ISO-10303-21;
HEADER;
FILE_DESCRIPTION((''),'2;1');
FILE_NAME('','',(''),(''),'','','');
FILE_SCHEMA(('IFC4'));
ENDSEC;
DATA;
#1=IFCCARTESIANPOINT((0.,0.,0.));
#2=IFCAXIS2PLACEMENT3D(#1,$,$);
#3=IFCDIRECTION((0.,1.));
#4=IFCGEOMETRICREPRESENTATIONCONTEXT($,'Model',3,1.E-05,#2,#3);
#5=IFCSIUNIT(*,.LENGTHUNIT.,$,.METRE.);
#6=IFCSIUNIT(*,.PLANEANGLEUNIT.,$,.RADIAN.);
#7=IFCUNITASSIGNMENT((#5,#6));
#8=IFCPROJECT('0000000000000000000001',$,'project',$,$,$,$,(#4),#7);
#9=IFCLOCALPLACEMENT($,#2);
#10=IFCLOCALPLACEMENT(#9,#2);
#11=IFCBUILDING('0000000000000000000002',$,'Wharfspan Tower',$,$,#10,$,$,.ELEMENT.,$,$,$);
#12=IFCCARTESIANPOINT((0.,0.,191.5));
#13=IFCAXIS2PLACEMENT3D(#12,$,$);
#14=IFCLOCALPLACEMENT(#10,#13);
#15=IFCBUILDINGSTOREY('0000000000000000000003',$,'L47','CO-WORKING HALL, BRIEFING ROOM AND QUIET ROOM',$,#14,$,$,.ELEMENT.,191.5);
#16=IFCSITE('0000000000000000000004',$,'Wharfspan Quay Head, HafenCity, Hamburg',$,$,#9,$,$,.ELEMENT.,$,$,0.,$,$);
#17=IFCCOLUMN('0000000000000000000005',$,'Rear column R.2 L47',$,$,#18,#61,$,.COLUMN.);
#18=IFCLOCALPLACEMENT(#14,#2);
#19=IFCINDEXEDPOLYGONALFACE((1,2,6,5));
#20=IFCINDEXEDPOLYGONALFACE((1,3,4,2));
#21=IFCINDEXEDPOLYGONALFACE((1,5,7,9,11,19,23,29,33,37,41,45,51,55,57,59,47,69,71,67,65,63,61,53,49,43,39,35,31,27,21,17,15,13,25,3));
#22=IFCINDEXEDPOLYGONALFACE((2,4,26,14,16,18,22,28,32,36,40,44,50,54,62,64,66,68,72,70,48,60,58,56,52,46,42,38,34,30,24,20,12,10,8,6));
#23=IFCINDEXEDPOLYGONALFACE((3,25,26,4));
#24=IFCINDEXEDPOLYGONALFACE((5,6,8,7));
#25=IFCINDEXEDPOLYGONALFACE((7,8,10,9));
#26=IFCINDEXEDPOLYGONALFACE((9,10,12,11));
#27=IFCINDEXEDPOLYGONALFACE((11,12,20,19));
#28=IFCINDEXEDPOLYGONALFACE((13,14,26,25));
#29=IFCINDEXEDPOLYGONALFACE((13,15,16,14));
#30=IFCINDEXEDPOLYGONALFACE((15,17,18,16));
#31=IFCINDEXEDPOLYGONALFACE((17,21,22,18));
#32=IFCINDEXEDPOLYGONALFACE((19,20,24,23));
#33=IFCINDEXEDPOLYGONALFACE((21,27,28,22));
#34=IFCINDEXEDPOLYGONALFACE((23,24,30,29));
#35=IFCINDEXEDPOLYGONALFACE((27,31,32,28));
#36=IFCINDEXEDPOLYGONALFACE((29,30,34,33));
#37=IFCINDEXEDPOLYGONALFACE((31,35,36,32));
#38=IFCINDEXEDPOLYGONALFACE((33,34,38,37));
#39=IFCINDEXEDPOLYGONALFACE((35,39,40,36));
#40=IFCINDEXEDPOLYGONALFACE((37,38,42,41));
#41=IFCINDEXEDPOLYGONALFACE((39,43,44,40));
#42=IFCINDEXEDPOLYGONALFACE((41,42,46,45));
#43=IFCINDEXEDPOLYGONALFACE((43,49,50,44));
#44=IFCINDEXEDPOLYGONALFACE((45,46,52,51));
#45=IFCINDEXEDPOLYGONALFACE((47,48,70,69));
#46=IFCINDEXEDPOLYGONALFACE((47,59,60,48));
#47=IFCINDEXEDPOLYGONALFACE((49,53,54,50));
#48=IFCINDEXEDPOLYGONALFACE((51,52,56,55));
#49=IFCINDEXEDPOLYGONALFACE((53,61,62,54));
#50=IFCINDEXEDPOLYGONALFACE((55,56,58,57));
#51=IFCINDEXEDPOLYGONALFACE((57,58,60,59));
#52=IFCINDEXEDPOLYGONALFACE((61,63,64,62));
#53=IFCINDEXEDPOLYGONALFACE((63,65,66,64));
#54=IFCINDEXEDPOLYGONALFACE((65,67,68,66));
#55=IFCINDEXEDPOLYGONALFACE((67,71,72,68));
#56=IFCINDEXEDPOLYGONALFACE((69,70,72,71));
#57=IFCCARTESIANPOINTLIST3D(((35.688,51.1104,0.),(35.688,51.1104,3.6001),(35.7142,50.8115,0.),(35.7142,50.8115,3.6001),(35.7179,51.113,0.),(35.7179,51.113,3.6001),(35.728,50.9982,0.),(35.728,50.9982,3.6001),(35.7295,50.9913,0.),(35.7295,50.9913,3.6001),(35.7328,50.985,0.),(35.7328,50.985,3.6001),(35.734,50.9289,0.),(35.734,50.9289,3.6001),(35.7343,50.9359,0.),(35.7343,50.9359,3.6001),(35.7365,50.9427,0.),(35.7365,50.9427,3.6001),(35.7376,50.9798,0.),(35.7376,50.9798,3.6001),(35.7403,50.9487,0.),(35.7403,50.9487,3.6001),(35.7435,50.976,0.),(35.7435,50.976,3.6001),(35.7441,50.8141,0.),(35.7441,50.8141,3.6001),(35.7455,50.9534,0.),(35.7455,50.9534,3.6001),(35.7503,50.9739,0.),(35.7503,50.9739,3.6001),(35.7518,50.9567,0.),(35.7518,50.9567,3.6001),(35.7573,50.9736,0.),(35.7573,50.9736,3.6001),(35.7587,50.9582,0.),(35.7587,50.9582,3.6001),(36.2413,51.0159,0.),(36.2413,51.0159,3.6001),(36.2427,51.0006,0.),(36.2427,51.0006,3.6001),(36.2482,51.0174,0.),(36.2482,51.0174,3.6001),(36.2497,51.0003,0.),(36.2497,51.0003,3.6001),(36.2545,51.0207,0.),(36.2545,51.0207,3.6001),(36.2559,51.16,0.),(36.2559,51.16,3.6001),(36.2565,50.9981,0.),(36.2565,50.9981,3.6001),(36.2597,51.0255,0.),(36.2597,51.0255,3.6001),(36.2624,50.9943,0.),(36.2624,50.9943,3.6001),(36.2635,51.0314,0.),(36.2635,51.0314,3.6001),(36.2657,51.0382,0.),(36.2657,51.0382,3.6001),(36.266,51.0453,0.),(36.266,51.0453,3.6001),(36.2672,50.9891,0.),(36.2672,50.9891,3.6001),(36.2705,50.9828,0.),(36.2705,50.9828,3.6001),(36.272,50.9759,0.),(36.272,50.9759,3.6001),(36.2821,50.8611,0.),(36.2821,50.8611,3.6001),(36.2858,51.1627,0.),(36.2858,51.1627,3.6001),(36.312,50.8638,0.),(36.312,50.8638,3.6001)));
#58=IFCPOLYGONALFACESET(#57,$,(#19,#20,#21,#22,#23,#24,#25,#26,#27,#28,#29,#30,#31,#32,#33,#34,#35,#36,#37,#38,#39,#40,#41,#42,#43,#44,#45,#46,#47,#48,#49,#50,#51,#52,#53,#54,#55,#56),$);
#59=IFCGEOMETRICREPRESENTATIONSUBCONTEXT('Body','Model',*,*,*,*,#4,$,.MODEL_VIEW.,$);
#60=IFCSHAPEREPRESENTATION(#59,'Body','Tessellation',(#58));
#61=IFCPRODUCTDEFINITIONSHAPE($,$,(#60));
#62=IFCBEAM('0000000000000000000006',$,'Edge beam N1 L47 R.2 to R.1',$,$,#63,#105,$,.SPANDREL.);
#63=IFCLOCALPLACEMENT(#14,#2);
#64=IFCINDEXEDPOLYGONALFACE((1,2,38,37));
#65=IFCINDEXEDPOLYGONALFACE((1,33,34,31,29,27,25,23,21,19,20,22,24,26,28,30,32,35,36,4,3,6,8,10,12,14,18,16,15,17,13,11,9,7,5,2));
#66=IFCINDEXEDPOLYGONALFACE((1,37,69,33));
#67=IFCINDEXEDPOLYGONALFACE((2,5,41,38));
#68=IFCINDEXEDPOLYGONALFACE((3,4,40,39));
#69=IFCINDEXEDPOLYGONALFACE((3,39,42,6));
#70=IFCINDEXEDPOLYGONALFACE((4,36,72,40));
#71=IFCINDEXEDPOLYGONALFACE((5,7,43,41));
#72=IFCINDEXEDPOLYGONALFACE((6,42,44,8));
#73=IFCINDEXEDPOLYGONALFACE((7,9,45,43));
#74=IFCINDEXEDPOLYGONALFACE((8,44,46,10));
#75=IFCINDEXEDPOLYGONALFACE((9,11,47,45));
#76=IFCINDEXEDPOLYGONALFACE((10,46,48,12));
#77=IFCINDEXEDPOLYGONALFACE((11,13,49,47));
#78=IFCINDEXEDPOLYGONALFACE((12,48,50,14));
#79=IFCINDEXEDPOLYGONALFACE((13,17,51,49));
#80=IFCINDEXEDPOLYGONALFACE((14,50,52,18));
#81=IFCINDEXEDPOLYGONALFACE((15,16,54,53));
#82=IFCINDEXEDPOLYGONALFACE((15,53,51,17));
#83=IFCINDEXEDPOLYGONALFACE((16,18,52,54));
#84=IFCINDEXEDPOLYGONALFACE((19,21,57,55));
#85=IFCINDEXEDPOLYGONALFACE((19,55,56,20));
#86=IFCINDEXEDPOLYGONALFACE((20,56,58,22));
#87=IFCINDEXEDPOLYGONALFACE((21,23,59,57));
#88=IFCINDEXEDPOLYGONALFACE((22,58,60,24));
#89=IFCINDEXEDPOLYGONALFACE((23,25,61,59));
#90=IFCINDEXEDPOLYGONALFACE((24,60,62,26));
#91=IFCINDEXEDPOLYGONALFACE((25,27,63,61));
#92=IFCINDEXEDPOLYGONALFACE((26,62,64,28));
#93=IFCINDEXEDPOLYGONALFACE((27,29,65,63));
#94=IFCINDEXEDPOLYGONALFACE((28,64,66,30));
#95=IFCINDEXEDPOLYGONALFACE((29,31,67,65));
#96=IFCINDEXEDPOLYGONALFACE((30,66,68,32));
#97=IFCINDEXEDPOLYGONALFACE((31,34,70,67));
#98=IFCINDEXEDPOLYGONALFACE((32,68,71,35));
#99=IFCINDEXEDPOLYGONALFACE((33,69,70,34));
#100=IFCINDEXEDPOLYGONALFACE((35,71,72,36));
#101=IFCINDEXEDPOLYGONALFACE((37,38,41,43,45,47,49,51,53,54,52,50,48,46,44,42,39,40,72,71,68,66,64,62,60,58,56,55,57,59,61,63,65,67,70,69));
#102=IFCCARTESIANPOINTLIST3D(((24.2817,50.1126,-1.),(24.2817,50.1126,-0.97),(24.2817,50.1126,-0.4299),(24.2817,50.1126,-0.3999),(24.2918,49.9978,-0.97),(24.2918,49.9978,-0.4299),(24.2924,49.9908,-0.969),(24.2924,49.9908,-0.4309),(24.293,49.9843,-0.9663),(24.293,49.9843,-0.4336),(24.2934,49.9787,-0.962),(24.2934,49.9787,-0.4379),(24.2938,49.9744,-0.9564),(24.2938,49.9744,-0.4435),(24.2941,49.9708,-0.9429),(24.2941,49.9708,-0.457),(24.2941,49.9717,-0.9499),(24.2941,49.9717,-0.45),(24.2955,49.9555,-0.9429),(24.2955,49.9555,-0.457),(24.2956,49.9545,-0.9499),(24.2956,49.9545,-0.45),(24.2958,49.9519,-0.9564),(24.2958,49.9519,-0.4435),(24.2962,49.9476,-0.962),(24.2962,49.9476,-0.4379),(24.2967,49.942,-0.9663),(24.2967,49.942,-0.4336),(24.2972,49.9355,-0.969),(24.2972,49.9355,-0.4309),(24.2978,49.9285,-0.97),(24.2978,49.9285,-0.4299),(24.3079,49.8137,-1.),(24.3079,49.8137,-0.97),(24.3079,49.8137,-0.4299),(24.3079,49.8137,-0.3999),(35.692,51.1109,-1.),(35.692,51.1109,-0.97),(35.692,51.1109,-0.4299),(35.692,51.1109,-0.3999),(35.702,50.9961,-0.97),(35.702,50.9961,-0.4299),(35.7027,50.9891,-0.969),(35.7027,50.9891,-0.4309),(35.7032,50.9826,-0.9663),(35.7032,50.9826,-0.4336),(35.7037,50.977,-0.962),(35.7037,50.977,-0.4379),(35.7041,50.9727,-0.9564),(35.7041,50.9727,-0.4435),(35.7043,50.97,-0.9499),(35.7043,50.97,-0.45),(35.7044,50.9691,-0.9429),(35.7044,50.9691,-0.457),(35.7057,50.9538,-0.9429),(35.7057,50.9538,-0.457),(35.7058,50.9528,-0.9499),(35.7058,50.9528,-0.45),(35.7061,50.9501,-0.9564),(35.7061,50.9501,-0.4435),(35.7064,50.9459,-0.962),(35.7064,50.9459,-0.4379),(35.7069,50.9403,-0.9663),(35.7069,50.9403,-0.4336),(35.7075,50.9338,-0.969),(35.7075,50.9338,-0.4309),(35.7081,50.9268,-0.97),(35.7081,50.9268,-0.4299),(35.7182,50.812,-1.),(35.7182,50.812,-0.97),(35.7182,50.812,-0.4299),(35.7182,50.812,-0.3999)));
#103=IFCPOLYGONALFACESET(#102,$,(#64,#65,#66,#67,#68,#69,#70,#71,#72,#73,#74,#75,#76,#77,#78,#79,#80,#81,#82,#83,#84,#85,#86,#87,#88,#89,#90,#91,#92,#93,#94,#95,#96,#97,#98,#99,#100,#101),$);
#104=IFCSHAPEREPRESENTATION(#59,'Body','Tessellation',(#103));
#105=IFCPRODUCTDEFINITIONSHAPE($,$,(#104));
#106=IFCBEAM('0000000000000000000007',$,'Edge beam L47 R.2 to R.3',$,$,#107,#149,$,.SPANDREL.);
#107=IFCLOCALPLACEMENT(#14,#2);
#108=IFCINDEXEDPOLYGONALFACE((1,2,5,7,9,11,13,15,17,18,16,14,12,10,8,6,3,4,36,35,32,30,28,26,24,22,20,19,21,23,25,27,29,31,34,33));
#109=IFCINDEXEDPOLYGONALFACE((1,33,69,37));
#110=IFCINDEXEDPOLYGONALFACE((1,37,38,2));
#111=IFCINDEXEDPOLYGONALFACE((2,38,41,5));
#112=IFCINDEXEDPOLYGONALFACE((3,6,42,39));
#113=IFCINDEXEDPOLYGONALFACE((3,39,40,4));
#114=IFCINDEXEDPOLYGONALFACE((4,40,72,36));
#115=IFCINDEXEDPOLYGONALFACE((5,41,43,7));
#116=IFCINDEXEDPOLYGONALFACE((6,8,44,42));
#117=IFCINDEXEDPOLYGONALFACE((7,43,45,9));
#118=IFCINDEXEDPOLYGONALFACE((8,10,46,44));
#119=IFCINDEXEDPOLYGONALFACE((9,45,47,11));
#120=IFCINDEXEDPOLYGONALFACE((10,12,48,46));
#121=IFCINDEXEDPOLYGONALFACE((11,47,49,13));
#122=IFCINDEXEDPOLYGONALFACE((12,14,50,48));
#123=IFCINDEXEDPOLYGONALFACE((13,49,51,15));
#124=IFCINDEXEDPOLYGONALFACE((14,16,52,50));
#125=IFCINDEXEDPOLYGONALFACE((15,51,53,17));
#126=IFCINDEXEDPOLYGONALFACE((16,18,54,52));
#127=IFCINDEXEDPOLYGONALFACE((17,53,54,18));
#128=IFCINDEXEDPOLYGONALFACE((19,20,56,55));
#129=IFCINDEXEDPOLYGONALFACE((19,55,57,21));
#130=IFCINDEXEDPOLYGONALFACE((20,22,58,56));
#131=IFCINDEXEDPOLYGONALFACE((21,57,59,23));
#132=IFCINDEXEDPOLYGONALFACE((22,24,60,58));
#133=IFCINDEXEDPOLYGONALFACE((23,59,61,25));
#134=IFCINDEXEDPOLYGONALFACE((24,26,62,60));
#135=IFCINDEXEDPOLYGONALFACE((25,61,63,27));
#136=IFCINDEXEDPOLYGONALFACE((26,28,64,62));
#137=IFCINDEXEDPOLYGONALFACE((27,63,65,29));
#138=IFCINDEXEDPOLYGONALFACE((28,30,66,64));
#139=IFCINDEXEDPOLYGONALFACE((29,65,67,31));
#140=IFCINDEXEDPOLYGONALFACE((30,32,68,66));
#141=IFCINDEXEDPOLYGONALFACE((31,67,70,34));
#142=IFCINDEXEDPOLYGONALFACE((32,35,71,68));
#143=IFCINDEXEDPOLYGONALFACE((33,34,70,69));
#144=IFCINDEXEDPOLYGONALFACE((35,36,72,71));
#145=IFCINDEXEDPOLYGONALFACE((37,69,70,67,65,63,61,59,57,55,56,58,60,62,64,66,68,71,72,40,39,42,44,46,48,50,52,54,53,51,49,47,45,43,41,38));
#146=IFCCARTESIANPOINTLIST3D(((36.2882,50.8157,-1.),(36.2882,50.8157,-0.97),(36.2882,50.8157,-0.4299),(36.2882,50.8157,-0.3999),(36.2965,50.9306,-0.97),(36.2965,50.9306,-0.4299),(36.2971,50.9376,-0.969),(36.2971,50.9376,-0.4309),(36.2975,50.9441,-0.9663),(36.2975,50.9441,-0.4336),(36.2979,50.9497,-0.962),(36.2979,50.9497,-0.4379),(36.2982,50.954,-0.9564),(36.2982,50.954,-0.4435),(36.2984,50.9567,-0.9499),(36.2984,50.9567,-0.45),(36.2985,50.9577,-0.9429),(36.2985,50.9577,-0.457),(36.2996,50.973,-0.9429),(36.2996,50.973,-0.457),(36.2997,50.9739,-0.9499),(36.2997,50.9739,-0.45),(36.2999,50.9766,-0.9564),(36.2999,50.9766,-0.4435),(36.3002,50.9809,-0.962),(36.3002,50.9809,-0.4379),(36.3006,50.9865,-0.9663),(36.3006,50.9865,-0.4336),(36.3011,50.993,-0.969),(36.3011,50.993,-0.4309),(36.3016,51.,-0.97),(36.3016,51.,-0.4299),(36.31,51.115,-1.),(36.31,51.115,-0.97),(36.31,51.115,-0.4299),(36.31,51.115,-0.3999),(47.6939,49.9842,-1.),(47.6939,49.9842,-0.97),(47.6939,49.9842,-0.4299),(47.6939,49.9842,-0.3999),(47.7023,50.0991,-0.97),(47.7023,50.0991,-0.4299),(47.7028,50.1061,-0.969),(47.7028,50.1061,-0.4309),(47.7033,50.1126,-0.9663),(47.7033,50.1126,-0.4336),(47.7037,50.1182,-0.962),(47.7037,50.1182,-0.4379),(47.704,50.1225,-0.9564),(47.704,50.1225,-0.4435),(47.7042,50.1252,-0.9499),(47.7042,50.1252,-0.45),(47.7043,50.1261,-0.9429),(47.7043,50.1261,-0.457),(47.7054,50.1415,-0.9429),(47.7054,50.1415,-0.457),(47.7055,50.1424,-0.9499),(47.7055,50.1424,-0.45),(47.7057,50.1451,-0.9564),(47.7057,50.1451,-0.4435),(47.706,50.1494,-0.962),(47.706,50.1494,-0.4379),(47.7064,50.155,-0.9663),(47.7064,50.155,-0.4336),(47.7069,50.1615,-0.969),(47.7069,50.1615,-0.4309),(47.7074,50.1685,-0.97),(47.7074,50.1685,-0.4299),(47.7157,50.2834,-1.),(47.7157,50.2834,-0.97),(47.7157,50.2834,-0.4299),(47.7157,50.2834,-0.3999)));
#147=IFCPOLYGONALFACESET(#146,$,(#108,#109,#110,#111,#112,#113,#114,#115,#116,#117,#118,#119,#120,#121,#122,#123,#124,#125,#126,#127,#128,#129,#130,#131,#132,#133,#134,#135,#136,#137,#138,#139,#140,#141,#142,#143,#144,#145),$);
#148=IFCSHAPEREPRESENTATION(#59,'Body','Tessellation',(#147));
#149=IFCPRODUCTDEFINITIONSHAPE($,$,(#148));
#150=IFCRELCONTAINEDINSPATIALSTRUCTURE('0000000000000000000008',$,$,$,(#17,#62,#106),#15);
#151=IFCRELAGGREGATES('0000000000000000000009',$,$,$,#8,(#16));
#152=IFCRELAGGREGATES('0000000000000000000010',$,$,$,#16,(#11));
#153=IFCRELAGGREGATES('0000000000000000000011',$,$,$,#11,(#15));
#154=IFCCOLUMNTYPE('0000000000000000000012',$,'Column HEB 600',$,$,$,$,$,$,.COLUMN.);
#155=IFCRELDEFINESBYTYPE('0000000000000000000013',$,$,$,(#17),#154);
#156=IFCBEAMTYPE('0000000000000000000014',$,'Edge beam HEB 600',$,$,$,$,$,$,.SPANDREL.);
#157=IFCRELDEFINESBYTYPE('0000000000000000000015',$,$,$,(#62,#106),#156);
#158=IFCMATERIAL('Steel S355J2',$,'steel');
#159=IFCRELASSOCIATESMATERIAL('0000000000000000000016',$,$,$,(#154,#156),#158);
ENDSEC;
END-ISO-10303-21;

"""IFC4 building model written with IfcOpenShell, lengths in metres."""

from ifc_helpers import new_model, si_unit, direction, frame, origin, origin_2d, place, context, subcontext, project, spatial, i_section, extrude, material, material_profile, profile_set, type_object, element, save


model = new_model("IFC4")

# Units and contexts
model_context = context("Model", 3, precision=1e-05, world=origin(), true_north=direction((0.0, 1.0)))
body_context = subcontext(model_context, "Body", "Model", "MODEL_VIEW")
ifc_project = project(units=[si_unit("LENGTHUNIT", "METRE"), si_unit("PLANEANGLEUNIT", "RADIAN")], contexts=[model_context])

# Site, building, storey
site_placement = place(None, origin())
site = spatial("IfcSite", under=ifc_project, at=site_placement, Name="Wharfspan Quay Head, HafenCity, Hamburg", CompositionType="ELEMENT", RefElevation=0.0)
building_placement = place(site_placement, origin())
building = spatial("IfcBuilding", under=site, at=building_placement, Name="Wharfspan Tower", CompositionType="ELEMENT")
storey_placement = place(building_placement, frame((0.0, 0.0, 191.5)))
storey = spatial("IfcBuildingStorey", under=building, at=storey_placement, Name="L47", Description="CO-WORKING HALL, BRIEFING ROOM AND QUIET ROOM", CompositionType="ELEMENT", Elevation=191.5)

# Column
ifc_material_1 = material(Name="Steel S355J2", Category="steel")
ifc_material_profile_1 = material_profile(ifc_material_1, i_section(OverallWidth=0.3, OverallDepth=0.6001, WebThickness=0.0154, FlangeThickness=0.03, FilletRadius=0.0271, at=origin_2d()))
ifc_profile_set_1 = profile_set([ifc_material_profile_1], Name="Steel S355J2")
column_type = type_object("IfcColumnType", Name="Column HEB 600", PredefinedType="COLUMN", material=ifc_profile_set_1)
column_placement = place(storey_placement, frame((36.0, 50.9871, 0.0), z_axis=(0.0, 0.0, 1.0), x_axis=(-0.087156, 0.996198, 0.0)))
element("IfcColumn", 1, at=column_placement, inside=storey, type_object=column_type, Name="Rear column R.2 L47", PredefinedType="COLUMN", context=body_context, shape_type="SweptSolid", body=[
    extrude(i_section(OverallWidth=0.3, OverallDepth=0.6001, WebThickness=0.0154, FlangeThickness=0.03, FilletRadius=0.0271, at=origin_2d()), origin(), (0.0, 0.0, 1.0), 3.6001),
])

# Beams
ifc_material_profile_2 = material_profile(ifc_material_1, i_section(OverallWidth=0.3, OverallDepth=0.6001, WebThickness=0.0154, FlangeThickness=0.03, FilletRadius=0.0271, at=origin_2d()))
ifc_profile_set_2 = profile_set([ifc_material_profile_2], Name="Steel S355J2")
beam_type = type_object("IfcBeamType", Name="Edge beam HEB 600", PredefinedType="SPANDREL", material=ifc_profile_set_2)
beam_1_placement = place(storey_placement, frame((35.7051, 50.9614, -0.7), z_axis=(-0.996194, -0.087158, 0.0), x_axis=(0.087158, -0.996194, 0.0)))
element("IfcBeam", 2, at=beam_1_placement, inside=storey, type_object=beam_type, Name="Edge beam N1 L47 R.2 to R.1", PredefinedType="SPANDREL", context=body_context, shape_type="SweptSolid", body=[
    extrude(i_section(OverallWidth=0.3, OverallDepth=0.6001, WebThickness=0.0154, FlangeThickness=0.03, FilletRadius=0.0271, at=origin_2d()), origin(), (0.0, 0.0, 1.0), 11.4539),
])
beam_2_placement = place(storey_placement, frame((36.2991, 50.9653, -0.7), z_axis=(0.997353, -0.072713, 0.0), x_axis=(0.072713, 0.997353, 0.0)))
element("IfcBeam", 3, at=beam_2_placement, inside=storey, type_object=beam_type, Name="Edge beam L47 R.2 to R.3", PredefinedType="SPANDREL", context=body_context, shape_type="SweptSolid", body=[
    extrude(i_section(OverallWidth=0.3, OverallDepth=0.6001, WebThickness=0.0154, FlangeThickness=0.03, FilletRadius=0.0271, at=origin_2d()), origin(), (0.0, 0.0, 1.0), 11.436),
])

save(model, "model.ifc")
